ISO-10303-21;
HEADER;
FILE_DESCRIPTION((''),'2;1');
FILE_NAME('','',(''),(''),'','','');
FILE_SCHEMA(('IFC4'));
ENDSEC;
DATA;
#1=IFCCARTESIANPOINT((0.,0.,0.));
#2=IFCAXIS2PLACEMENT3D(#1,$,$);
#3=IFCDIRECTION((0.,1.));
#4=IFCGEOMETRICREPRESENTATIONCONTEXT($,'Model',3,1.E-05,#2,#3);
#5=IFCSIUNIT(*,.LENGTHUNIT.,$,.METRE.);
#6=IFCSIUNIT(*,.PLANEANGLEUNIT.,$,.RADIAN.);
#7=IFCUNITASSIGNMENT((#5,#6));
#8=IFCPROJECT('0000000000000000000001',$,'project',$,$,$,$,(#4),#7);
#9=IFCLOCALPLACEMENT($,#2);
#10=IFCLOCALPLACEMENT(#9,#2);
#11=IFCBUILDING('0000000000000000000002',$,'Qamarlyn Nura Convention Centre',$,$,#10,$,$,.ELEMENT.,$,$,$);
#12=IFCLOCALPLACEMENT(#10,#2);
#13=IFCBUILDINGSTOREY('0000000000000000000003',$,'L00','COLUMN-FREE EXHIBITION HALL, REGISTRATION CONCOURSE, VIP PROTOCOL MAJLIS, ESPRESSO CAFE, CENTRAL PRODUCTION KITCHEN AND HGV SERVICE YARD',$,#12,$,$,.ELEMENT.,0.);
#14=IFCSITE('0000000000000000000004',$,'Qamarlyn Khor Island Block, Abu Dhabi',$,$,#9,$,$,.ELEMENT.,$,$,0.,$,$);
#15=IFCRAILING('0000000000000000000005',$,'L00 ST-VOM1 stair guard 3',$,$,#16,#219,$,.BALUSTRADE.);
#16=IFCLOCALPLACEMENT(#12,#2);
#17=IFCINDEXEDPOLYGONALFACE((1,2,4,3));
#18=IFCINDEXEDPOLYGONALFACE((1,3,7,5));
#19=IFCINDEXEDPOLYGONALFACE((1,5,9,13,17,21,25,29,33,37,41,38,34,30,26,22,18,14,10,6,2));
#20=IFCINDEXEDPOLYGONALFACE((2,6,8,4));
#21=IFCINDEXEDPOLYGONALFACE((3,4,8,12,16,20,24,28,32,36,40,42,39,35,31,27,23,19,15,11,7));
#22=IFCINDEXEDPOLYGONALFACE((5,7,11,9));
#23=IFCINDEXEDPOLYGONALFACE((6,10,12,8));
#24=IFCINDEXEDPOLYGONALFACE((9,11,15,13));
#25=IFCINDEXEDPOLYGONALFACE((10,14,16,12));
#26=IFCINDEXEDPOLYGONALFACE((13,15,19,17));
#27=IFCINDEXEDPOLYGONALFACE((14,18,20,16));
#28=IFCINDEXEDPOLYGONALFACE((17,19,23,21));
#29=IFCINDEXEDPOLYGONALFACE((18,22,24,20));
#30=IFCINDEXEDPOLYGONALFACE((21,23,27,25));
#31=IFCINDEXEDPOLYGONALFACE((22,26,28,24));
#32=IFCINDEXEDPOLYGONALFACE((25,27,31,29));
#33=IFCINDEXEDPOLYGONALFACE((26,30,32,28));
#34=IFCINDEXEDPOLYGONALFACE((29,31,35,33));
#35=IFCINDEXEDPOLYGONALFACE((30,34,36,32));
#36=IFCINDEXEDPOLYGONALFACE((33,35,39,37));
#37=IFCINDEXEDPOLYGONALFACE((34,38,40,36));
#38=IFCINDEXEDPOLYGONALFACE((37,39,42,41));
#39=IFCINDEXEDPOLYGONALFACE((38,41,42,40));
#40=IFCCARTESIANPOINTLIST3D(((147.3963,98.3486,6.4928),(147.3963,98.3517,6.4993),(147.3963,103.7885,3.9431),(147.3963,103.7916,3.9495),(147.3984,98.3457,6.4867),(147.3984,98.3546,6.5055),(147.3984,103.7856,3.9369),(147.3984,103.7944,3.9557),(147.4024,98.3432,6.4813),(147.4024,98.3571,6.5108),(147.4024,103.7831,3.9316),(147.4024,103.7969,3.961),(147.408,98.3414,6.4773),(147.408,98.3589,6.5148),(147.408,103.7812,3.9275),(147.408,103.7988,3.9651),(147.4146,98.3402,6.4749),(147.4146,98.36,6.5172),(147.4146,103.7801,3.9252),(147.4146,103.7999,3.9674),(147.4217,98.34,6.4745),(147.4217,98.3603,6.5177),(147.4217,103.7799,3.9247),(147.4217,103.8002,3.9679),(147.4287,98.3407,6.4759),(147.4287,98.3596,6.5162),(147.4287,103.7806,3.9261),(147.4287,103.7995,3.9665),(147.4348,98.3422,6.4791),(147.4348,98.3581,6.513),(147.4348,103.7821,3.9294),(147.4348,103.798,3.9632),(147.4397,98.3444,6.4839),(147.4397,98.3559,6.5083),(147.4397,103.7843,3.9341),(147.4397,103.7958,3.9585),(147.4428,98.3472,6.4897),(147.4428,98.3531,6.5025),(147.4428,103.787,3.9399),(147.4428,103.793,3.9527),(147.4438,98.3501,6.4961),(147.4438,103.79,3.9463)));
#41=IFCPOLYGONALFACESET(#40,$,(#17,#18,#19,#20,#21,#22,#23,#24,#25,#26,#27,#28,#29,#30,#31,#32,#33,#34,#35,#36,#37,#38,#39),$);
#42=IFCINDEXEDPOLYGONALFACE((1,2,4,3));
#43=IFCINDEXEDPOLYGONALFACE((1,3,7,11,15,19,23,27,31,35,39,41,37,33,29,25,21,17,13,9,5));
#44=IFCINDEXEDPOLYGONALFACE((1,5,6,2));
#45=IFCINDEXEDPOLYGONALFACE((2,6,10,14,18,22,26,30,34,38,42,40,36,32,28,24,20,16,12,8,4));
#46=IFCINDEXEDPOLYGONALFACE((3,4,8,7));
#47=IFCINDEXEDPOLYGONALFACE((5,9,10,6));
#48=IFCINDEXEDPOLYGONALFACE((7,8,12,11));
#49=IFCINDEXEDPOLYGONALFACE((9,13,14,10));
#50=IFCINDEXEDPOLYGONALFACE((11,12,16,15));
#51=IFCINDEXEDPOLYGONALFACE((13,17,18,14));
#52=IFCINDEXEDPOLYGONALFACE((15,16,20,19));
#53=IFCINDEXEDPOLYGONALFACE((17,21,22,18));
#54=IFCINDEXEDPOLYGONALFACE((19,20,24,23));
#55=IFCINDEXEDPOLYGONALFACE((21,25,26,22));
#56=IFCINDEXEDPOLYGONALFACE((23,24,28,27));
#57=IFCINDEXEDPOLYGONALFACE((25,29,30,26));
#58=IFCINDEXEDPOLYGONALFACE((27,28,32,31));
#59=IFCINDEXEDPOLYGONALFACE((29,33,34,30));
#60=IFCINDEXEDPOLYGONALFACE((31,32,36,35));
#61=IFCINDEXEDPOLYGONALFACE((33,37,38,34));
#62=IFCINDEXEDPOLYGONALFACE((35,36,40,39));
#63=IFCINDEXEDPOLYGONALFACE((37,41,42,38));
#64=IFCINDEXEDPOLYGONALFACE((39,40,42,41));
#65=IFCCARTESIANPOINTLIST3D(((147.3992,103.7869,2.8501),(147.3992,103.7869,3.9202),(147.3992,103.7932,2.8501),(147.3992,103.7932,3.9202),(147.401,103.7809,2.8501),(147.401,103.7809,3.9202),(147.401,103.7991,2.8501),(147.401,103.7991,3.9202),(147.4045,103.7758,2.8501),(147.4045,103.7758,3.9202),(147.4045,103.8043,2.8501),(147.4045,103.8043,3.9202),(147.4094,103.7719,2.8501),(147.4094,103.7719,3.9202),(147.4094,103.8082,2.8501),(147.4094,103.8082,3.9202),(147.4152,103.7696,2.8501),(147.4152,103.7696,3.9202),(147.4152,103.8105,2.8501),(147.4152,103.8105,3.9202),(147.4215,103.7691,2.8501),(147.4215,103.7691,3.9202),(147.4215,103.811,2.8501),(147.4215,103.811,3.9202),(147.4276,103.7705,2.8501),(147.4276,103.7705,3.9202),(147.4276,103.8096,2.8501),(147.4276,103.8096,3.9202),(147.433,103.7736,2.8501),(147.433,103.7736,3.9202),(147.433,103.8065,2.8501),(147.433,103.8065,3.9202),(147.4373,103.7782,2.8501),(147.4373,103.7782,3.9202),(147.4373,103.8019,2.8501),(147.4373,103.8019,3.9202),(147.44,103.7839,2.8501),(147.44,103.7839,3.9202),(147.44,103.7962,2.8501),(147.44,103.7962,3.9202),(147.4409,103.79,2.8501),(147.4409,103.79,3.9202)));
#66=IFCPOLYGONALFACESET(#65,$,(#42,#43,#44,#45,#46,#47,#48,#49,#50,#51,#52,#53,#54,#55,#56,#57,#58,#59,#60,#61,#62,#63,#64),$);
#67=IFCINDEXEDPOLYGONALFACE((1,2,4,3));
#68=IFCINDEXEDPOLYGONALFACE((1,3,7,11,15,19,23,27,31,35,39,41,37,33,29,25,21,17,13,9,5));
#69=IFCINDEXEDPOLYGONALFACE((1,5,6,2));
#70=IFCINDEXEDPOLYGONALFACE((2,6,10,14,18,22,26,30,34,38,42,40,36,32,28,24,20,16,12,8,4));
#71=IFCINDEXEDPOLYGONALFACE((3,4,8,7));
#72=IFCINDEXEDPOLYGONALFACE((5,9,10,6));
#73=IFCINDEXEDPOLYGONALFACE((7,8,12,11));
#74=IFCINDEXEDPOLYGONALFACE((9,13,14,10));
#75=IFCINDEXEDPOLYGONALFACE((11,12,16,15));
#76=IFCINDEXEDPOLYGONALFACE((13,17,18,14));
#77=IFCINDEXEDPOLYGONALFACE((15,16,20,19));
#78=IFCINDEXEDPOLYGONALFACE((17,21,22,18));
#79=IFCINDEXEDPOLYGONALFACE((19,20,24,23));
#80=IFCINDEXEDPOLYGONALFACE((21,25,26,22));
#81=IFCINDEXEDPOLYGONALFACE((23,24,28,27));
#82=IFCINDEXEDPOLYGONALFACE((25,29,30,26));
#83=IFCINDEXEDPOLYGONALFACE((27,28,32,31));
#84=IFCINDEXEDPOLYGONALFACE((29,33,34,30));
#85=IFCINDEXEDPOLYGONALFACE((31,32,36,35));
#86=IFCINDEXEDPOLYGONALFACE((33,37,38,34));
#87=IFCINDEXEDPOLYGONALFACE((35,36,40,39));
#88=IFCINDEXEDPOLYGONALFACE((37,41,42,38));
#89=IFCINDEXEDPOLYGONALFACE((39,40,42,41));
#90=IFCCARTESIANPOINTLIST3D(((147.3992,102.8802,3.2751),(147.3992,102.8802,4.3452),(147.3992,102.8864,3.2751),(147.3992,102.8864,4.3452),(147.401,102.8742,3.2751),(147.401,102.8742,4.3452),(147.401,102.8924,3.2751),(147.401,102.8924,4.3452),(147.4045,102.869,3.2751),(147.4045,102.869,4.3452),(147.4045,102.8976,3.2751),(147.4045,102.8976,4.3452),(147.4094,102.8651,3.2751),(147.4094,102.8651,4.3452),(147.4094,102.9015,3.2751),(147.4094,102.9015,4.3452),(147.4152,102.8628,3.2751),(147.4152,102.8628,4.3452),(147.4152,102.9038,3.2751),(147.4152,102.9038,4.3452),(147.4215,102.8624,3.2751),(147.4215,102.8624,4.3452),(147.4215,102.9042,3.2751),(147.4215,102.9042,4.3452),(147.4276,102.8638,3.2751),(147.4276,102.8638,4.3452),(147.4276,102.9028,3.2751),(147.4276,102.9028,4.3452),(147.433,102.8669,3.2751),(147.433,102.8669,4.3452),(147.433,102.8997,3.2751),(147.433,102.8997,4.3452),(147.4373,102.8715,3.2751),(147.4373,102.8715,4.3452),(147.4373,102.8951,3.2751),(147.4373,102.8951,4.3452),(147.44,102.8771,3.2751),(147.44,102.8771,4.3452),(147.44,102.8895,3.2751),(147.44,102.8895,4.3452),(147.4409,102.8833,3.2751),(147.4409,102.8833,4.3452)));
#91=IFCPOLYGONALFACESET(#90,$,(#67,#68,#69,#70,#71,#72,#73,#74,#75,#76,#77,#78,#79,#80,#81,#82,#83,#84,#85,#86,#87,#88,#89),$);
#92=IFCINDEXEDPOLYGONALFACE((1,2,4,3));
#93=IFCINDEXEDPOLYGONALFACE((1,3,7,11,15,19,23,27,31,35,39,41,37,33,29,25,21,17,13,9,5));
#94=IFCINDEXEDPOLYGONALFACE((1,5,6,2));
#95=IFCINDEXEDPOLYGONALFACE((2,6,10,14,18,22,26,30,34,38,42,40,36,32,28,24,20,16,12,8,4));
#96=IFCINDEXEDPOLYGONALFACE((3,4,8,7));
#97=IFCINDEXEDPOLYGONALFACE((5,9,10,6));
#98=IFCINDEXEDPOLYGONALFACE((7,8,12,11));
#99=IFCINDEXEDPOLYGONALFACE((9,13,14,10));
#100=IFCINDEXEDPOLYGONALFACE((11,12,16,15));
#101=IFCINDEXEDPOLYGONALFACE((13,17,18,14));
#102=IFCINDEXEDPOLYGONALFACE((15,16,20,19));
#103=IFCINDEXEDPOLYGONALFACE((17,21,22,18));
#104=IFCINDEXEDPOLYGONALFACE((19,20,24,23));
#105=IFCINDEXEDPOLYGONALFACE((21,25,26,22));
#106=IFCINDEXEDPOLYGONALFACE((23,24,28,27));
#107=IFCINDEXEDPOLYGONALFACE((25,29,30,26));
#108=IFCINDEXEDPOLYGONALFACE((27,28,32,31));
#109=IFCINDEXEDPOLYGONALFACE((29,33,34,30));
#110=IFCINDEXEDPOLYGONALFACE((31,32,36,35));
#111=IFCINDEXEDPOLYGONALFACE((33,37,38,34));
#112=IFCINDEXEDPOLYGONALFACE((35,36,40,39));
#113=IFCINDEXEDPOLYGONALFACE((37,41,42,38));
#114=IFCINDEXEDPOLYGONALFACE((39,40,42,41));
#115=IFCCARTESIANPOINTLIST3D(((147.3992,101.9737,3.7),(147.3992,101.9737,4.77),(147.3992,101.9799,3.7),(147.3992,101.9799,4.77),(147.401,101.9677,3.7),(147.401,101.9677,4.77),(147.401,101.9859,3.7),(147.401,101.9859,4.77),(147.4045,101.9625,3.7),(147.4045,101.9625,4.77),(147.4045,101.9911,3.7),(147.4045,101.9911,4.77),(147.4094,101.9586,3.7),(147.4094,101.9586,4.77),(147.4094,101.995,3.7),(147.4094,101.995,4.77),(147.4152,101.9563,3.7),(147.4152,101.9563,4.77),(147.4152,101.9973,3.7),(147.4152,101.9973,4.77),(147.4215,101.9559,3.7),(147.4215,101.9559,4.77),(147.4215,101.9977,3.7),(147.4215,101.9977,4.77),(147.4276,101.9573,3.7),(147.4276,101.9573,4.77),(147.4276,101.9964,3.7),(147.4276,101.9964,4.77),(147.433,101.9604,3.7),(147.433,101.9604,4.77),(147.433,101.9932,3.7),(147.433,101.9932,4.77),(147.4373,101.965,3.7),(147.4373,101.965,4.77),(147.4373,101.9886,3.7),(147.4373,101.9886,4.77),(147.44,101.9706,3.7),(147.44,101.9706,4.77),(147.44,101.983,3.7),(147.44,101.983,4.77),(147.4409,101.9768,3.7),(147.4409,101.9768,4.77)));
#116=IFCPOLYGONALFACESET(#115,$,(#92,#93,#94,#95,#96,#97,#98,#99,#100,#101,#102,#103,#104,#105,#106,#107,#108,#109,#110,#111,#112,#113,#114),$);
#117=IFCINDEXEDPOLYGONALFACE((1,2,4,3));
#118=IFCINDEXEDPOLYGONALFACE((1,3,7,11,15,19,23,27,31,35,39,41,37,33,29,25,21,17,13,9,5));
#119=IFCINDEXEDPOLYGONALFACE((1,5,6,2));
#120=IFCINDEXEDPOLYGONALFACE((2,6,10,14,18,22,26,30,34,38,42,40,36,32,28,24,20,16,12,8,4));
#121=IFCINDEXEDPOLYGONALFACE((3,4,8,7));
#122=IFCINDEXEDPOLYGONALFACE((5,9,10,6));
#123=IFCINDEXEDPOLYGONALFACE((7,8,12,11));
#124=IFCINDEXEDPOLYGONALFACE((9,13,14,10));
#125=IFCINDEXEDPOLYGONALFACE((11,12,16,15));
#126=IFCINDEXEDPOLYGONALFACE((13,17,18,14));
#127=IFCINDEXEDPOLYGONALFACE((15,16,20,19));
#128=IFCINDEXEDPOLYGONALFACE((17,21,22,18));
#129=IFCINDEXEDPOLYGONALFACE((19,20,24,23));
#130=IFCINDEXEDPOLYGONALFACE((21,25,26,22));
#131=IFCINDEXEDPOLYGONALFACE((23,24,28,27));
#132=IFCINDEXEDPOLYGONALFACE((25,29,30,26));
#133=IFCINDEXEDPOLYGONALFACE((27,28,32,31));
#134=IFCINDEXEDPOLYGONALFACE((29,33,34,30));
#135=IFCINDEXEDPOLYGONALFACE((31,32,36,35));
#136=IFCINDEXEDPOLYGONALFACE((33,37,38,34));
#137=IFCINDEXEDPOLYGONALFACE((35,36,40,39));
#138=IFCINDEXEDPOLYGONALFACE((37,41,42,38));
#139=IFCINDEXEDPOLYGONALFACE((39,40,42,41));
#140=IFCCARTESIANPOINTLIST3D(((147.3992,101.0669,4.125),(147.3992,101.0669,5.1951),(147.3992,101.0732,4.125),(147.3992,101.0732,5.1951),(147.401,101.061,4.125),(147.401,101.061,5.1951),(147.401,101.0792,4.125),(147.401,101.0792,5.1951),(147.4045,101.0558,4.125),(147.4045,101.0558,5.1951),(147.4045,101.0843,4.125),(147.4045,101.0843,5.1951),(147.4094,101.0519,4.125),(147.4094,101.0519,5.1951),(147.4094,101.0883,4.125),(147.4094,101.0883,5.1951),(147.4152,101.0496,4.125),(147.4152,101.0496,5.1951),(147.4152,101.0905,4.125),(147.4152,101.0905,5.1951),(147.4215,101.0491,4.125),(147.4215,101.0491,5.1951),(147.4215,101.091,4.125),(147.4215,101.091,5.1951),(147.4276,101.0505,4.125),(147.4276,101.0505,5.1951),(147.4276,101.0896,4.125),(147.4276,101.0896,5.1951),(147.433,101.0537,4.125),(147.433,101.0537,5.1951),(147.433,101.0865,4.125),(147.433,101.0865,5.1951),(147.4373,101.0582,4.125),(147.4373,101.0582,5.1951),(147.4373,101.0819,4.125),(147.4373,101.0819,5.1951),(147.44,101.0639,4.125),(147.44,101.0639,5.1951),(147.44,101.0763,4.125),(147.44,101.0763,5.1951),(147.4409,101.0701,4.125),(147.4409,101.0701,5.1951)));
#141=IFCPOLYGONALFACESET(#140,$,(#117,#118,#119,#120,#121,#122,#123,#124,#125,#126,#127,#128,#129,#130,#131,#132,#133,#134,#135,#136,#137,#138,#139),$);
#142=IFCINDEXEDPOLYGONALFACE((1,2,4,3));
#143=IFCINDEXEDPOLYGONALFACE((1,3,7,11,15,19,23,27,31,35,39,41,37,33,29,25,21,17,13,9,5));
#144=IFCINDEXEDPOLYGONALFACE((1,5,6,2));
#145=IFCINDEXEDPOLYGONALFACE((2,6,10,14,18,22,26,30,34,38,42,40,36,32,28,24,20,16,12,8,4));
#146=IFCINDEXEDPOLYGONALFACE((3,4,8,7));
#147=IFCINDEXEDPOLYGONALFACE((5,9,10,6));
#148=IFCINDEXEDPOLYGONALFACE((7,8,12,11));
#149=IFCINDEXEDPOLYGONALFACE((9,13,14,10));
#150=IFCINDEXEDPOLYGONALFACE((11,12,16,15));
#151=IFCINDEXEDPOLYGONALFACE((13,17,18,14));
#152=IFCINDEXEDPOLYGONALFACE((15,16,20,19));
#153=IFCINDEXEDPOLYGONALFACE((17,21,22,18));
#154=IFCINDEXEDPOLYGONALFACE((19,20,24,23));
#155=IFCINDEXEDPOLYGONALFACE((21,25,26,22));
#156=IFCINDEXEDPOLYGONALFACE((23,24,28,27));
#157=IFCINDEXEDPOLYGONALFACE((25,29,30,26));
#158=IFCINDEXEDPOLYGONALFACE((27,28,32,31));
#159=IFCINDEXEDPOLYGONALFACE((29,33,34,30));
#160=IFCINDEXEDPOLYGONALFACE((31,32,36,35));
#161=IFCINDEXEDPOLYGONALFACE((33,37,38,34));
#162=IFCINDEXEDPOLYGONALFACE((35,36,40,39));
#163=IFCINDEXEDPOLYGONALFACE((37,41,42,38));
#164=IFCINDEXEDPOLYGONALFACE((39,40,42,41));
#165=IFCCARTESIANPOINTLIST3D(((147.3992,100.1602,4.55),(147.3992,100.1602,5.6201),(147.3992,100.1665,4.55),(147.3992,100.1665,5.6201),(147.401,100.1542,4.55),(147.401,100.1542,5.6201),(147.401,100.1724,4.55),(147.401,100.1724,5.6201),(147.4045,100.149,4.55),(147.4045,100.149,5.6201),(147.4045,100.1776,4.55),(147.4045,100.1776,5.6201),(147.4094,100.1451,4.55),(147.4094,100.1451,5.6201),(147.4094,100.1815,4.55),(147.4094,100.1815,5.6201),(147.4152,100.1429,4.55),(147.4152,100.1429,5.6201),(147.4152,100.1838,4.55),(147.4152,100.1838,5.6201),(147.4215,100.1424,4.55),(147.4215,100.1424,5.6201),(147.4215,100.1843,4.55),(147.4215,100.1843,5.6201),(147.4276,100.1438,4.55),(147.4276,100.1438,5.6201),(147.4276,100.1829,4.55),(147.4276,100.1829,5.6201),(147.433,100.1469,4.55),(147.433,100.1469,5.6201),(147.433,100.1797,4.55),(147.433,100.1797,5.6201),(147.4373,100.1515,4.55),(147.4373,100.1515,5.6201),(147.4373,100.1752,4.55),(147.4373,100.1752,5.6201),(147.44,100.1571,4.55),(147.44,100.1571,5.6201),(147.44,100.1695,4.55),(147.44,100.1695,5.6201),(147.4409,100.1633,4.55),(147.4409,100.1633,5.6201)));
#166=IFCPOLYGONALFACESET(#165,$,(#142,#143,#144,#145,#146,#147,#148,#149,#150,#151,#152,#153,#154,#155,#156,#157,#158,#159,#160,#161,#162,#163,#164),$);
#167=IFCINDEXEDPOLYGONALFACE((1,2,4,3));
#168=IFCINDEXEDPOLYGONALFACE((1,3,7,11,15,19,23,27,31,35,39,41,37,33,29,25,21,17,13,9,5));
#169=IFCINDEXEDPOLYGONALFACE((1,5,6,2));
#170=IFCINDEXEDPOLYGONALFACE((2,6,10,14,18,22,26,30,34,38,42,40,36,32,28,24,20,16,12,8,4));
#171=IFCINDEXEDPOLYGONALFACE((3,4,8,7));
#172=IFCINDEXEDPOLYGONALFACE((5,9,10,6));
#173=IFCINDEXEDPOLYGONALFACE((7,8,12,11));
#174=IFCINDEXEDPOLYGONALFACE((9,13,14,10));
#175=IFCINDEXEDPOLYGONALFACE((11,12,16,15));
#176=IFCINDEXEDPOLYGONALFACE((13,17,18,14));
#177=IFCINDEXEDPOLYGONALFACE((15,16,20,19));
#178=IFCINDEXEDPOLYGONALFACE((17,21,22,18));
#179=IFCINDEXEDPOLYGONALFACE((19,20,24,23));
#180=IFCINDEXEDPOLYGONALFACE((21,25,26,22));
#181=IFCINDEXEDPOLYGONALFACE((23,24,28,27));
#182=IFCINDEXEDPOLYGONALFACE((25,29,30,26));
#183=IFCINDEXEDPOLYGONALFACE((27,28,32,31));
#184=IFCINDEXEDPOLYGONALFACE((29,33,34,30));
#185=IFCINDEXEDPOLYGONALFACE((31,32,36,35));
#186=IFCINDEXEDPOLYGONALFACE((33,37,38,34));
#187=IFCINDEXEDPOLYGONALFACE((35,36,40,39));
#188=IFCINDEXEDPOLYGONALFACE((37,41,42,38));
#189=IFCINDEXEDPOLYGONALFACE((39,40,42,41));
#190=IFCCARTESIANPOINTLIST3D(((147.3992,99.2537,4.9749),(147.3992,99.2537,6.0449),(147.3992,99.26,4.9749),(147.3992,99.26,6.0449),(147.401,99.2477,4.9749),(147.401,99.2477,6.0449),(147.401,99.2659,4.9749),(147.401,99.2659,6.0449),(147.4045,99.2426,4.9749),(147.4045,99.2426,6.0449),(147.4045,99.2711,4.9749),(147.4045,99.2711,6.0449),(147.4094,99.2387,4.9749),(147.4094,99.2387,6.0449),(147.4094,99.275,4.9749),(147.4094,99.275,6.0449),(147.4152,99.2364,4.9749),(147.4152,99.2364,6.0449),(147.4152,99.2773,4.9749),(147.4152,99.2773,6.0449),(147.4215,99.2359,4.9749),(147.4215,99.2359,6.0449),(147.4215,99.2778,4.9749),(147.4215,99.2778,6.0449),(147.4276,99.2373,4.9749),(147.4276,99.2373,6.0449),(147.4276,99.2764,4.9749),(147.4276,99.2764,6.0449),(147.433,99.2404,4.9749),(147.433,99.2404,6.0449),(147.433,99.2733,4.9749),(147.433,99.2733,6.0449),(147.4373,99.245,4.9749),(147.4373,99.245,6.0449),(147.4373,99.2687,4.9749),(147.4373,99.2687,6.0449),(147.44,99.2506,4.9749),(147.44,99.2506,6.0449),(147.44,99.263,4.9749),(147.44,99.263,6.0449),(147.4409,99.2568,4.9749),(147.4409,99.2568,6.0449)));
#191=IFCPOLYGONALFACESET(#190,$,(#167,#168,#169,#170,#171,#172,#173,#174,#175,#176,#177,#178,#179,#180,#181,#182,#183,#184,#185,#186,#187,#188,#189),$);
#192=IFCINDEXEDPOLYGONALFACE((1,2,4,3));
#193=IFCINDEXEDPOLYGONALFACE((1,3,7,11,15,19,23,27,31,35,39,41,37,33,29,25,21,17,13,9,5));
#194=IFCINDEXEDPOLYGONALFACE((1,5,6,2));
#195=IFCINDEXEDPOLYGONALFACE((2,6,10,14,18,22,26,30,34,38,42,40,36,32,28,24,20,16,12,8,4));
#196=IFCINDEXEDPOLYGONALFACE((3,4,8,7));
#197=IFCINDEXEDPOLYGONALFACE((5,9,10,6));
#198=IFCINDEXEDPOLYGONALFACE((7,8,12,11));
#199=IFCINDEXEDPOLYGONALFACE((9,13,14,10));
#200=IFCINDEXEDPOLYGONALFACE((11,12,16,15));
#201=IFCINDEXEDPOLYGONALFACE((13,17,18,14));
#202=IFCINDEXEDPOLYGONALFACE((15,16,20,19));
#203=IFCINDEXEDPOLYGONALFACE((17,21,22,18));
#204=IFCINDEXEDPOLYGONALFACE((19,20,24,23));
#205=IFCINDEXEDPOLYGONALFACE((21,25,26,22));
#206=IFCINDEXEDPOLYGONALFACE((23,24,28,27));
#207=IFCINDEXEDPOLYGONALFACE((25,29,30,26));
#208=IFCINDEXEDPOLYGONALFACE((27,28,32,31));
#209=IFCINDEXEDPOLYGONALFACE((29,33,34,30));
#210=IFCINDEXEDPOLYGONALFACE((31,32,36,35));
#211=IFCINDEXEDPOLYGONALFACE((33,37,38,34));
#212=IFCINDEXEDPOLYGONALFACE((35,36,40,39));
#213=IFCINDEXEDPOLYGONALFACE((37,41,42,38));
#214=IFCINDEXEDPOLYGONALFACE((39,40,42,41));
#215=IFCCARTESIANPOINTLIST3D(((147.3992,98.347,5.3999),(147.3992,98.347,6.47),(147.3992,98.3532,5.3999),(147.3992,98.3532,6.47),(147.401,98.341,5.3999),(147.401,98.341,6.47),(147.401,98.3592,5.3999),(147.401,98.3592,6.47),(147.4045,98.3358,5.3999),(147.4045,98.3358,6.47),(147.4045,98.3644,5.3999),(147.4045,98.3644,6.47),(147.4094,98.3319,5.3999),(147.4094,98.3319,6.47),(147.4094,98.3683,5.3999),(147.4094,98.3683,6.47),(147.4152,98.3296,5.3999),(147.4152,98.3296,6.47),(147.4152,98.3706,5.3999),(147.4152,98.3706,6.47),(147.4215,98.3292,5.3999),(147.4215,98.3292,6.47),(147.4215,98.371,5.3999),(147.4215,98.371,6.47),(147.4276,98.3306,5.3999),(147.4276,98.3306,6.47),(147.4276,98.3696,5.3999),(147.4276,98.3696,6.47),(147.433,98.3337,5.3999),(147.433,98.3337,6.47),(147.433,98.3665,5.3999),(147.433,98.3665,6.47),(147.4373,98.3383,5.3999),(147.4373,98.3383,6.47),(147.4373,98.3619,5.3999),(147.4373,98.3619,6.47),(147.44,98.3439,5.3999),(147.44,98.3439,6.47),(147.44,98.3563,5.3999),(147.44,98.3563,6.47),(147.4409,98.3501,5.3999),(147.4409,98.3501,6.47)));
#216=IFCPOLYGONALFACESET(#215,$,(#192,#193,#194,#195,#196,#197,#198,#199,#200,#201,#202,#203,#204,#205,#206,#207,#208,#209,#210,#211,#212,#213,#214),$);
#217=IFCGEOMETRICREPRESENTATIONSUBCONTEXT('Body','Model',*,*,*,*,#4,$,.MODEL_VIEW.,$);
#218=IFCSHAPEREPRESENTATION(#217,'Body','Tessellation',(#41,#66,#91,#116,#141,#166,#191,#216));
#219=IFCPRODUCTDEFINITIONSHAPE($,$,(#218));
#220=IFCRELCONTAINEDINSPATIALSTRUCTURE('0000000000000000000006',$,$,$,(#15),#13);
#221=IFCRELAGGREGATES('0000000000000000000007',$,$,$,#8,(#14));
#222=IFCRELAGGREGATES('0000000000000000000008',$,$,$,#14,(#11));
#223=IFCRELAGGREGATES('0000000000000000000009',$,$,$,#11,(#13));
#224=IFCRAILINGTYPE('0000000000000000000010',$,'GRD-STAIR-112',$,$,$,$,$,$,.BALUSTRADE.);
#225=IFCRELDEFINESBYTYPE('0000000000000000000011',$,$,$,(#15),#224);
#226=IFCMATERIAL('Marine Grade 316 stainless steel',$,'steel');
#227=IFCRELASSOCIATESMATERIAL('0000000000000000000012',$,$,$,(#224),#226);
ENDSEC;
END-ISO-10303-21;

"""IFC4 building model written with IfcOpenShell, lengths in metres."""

from ifc_helpers import new_model, si_unit, direction, frame, origin, origin_2d, place, context, subcontext, project, spatial, circle, extrude, material, type_object, element, save


model = new_model("IFC4")

# Units and contexts
model_context = context("Model", 3, precision=1e-05, world=origin(), true_north=direction((0.0, 1.0)))
body_context = subcontext(model_context, "Body", "Model", "MODEL_VIEW")
ifc_project = project(units=[si_unit("LENGTHUNIT", "METRE"), si_unit("PLANEANGLEUNIT", "RADIAN")], contexts=[model_context])

# Site, building, storey
site_placement = place(None, origin())
site = spatial("IfcSite", under=ifc_project, at=site_placement, Name="Qamarlyn Khor Island Block, Abu Dhabi", CompositionType="ELEMENT", RefElevation=0.0)
building_placement = place(site_placement, origin())
building = spatial("IfcBuilding", under=site, at=building_placement, Name="Qamarlyn Nura Convention Centre", CompositionType="ELEMENT")
storey_placement = place(building_placement, origin())
storey = spatial("IfcBuildingStorey", under=building, at=storey_placement, Name="L00", Description="COLUMN-FREE EXHIBITION HALL, REGISTRATION CONCOURSE, VIP PROTOCOL MAJLIS, ESPRESSO CAFE, CENTRAL PRODUCTION KITCHEN AND HGV SERVICE YARD", CompositionType="ELEMENT", Elevation=0.0)

# Railing
ifc_material_1 = material(Name="Marine Grade 316 stainless steel", Category="steel")
railing_type_1 = type_object("IfcRailingType", Name="GRD-STAIR-112", PredefinedType="BALUSTRADE", material=ifc_material_1)
railing_1_placement = place(storey_placement, frame((147.4199, 103.79, 2.8501)))
element("IfcRailing", 1, at=railing_1_placement, inside=storey, type_object=railing_type_1, Name="L00 ST-VOM1 stair guard 3", PredefinedType="BALUSTRADE", context=body_context, shape_type="SweptSolid", body=[
    extrude(circle(Radius=0.0239, at=origin_2d()), frame((0.0, 0.0, 1.0962), z_axis=(0.0, -0.90547, 0.424411), x_axis=(1.0, 0.0, 0.0)), (0.0, 0.0, 1.0), 6.0078),
    extrude(circle(Radius=0.021, at=origin_2d()), origin(), (0.0, 0.0, 1.0), 1.0701),
    extrude(circle(Radius=0.021, at=origin_2d()), frame((0.0, -0.9067, 0.425)), (0.0, 0.0, 1.0), 1.0701),
    extrude(circle(Radius=0.021, at=origin_2d()), frame((0.0, -1.8132, 0.8499)), (0.0, 0.0, 1.0), 1.0701),
    extrude(circle(Radius=0.021, at=origin_2d()), frame((0.0, -2.72, 1.2749)), (0.0, 0.0, 1.0), 1.0701),
    extrude(circle(Radius=0.021, at=origin_2d()), frame((0.0, -3.6267, 1.7)), (0.0, 0.0, 1.0), 1.0701),
    extrude(circle(Radius=0.021, at=origin_2d()), frame((0.0, -4.5332, 2.1248)), (0.0, 0.0, 1.0), 1.0701),
    extrude(circle(Radius=0.021, at=origin_2d()), frame((0.0, -5.4399, 2.5498)), (0.0, 0.0, 1.0), 1.0701),
])

save(model, "model.ifc")
